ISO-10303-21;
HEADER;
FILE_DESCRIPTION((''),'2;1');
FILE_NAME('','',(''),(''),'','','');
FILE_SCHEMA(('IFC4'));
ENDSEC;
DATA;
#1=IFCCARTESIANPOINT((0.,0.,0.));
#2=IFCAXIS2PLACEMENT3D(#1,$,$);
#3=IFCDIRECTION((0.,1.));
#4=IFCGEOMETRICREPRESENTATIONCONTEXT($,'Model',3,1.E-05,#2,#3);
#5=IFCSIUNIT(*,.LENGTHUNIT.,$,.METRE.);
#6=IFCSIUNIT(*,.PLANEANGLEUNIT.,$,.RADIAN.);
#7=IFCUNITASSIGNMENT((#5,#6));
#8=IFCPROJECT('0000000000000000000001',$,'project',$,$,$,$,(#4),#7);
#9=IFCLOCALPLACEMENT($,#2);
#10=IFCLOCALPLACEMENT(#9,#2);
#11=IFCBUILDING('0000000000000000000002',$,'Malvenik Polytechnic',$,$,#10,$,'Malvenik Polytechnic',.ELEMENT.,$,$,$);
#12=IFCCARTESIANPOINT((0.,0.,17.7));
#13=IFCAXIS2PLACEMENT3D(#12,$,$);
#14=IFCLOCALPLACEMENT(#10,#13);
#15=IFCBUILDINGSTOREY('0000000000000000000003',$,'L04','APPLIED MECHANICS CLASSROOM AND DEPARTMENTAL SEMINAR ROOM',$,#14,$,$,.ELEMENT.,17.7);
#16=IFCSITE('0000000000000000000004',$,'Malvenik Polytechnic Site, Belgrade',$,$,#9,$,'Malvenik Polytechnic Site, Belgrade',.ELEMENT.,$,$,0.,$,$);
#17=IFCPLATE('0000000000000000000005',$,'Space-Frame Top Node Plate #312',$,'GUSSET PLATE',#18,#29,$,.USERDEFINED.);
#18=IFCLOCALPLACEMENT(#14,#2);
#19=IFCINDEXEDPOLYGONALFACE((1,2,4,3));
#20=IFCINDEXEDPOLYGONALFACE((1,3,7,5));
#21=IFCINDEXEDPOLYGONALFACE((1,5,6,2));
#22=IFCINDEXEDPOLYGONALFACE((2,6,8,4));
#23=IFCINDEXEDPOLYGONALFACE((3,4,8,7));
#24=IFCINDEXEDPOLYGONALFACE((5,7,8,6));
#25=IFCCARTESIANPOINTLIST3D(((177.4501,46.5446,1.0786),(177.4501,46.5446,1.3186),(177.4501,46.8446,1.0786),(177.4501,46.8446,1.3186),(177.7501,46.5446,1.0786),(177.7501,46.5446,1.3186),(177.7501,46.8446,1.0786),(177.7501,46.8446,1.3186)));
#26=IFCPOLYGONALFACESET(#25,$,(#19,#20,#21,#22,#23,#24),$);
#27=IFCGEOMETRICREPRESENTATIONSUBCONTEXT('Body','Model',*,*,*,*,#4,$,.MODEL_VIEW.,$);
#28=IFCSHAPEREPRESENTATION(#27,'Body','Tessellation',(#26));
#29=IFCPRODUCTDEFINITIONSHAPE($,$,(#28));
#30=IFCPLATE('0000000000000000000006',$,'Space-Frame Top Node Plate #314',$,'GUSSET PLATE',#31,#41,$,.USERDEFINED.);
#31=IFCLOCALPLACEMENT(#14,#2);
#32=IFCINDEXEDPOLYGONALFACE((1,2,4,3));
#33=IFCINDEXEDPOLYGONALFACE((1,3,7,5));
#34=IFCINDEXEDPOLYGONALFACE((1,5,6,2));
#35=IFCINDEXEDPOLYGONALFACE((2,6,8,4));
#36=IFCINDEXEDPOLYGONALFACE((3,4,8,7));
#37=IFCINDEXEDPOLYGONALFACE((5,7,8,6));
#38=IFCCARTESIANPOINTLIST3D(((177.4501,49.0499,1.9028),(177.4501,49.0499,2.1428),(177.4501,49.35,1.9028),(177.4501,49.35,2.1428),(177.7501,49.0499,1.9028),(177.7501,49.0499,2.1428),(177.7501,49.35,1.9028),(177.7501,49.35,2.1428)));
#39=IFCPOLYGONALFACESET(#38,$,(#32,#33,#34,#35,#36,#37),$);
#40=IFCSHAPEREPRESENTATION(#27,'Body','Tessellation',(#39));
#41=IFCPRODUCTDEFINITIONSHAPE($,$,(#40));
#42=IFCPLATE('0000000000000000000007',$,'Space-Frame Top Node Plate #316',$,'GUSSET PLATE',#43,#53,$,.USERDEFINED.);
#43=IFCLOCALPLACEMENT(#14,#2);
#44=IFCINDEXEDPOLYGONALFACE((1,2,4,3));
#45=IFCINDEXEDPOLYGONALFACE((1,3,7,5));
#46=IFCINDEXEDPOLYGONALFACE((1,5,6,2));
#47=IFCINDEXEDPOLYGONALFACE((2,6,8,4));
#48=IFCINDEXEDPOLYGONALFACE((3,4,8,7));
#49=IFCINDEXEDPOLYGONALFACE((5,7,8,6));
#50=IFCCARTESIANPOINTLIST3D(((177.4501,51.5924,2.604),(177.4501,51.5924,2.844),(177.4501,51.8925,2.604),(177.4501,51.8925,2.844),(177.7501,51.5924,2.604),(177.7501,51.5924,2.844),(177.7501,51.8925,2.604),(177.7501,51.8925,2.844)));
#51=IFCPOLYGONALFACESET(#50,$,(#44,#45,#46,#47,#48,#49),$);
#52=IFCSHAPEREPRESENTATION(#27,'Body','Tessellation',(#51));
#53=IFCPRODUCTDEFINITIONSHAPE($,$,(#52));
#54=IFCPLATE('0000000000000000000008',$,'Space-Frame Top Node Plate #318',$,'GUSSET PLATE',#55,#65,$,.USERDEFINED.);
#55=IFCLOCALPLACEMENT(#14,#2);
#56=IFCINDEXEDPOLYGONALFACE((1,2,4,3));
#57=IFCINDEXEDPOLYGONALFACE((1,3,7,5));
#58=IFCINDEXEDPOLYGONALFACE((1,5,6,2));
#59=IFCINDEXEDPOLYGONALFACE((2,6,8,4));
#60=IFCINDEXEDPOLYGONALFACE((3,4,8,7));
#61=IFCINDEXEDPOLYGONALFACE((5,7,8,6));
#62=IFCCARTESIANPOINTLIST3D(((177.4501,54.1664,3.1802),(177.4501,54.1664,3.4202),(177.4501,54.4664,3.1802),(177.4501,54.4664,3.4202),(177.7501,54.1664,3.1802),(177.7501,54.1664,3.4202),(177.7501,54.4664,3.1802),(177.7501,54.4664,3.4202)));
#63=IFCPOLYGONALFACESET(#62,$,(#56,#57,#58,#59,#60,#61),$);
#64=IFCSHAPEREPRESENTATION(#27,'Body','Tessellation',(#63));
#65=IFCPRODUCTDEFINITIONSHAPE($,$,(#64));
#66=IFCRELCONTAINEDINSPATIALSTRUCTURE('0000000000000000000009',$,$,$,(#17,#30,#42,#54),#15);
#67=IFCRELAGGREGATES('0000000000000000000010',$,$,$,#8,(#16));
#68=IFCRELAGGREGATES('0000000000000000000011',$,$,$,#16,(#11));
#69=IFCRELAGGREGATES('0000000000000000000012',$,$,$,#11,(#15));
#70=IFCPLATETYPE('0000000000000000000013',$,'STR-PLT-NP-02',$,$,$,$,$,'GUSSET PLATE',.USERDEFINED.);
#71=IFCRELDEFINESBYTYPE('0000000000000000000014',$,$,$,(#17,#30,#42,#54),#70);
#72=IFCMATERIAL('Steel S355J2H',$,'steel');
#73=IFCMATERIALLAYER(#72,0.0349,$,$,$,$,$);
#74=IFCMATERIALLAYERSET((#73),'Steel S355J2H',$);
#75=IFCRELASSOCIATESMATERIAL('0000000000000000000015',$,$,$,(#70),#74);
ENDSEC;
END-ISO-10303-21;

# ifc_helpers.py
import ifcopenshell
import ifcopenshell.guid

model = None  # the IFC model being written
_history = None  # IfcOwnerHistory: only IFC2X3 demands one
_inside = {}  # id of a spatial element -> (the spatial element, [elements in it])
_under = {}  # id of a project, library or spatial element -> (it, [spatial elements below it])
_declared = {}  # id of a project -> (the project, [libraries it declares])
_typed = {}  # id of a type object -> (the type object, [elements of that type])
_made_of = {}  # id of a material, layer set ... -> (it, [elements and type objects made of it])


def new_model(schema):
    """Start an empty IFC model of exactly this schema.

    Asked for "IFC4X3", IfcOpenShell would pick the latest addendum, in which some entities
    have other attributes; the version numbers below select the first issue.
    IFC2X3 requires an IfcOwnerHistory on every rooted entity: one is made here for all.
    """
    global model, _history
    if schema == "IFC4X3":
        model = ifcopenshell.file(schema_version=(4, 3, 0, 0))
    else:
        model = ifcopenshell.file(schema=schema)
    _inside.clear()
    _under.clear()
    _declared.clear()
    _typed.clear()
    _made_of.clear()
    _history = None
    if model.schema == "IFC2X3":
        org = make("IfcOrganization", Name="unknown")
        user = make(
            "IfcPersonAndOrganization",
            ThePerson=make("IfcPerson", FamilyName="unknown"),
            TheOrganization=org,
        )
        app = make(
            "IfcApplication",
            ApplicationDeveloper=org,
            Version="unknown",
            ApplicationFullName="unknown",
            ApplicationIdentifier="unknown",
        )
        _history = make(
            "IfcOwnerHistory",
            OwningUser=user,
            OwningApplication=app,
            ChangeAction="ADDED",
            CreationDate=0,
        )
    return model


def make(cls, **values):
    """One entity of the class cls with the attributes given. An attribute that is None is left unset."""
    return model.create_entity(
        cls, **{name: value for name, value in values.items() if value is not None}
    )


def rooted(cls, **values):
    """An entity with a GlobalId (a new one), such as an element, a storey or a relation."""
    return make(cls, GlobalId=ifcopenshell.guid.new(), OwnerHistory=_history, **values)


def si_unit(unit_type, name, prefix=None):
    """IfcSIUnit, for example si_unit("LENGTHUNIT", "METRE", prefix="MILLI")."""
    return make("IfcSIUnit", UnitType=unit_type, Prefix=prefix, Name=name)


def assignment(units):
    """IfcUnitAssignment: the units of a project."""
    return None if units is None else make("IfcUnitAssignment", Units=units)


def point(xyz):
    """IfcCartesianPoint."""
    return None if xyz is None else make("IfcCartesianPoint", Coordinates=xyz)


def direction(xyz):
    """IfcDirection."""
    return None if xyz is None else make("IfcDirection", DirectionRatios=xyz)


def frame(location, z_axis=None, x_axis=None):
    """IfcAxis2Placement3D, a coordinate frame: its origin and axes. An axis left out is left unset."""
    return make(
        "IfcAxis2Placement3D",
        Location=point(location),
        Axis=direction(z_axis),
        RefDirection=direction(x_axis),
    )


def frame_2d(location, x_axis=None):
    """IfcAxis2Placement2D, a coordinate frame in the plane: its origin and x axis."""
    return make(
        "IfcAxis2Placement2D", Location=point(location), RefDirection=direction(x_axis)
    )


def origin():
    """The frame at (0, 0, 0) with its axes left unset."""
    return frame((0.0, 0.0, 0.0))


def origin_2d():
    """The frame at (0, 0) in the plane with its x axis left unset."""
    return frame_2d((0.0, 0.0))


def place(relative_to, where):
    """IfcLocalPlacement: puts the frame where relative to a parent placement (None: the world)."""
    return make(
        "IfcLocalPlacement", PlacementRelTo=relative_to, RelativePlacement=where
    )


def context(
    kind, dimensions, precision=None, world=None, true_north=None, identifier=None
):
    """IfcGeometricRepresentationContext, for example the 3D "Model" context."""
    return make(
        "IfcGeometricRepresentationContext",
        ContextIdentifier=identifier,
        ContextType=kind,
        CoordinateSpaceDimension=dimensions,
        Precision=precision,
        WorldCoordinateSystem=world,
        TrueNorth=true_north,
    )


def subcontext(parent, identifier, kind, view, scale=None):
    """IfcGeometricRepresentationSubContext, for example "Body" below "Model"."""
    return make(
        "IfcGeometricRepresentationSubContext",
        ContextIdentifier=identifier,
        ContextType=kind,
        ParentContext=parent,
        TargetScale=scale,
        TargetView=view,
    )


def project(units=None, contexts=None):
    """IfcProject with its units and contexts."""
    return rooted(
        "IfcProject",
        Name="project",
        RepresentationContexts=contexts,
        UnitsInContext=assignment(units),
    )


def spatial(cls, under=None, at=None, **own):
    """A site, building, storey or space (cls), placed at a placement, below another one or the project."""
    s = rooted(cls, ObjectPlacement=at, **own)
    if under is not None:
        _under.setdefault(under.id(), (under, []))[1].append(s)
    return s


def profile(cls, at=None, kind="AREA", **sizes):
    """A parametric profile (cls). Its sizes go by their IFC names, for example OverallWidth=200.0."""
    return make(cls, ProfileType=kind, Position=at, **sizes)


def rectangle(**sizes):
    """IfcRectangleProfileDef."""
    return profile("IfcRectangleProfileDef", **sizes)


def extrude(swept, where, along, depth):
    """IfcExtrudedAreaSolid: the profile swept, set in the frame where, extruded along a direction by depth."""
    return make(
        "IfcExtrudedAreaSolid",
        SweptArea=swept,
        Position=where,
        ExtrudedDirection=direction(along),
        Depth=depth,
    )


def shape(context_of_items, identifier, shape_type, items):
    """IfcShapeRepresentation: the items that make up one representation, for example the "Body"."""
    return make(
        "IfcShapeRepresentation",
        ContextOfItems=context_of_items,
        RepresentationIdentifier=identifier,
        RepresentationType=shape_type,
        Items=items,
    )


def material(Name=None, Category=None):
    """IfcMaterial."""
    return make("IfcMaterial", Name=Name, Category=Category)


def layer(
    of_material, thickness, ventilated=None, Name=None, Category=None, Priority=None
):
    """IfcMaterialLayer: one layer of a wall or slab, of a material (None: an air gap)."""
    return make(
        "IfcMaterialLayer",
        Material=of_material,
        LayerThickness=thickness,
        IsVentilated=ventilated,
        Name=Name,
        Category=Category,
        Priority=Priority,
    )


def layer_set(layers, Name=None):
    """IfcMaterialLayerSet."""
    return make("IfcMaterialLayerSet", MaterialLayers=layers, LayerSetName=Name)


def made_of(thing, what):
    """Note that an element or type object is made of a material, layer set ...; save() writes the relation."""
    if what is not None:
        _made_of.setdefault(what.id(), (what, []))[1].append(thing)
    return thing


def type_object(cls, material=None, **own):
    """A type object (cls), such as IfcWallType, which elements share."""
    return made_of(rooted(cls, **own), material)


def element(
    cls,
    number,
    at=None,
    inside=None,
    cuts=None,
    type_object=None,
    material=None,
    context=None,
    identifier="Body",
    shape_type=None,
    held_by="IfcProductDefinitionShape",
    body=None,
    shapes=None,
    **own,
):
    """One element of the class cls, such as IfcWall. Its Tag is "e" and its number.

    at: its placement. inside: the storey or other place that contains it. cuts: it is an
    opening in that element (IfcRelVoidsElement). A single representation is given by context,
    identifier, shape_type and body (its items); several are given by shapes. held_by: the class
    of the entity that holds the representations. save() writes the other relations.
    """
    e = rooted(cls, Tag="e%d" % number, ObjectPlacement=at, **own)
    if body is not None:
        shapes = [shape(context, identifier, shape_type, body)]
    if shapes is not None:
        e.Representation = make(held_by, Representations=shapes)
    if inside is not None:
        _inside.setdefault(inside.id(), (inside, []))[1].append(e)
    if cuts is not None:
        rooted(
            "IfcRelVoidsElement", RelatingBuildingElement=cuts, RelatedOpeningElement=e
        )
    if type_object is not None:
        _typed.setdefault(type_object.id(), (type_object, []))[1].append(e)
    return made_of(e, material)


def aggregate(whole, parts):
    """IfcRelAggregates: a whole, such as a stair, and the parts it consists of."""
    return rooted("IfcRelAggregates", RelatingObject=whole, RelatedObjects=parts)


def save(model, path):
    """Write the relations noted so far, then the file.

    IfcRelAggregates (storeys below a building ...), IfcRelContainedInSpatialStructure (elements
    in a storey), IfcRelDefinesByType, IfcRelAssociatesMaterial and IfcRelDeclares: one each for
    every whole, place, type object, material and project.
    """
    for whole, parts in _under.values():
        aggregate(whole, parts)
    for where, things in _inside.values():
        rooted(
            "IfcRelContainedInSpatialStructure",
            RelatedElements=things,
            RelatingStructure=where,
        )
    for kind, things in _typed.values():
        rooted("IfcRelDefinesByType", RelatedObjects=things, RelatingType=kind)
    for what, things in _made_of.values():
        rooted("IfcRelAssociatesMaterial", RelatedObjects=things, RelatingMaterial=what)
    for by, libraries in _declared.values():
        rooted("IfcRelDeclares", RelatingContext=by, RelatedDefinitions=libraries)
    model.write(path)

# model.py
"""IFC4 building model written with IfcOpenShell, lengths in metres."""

from ifc_helpers import new_model, si_unit, direction, frame, origin, origin_2d, place, context, subcontext, project, spatial, rectangle, extrude, material, layer, layer_set, type_object, element, save


model = new_model("IFC4")

# Units and contexts
model_context = context("Model", 3, precision=1e-05, world=origin(), true_north=direction((0.0, 1.0)))
body_context = subcontext(model_context, "Body", "Model", "MODEL_VIEW")
ifc_project = project(units=[si_unit("LENGTHUNIT", "METRE"), si_unit("PLANEANGLEUNIT", "RADIAN")], contexts=[model_context])

# Site, building, storey
site_placement = place(None, origin())
site = spatial("IfcSite", under=ifc_project, at=site_placement, Name="Malvenik Polytechnic Site, Belgrade", LongName="Malvenik Polytechnic Site, Belgrade", CompositionType="ELEMENT", RefElevation=0.0)
building_placement = place(site_placement, origin())
building = spatial("IfcBuilding", under=site, at=building_placement, Name="Malvenik Polytechnic", LongName="Malvenik Polytechnic", CompositionType="ELEMENT")
storey_placement = place(building_placement, frame((0.0, 0.0, 17.7)))
storey = spatial("IfcBuildingStorey", under=building, at=storey_placement, Name="L04", Description="APPLIED MECHANICS CLASSROOM AND DEPARTMENTAL SEMINAR ROOM", CompositionType="ELEMENT", Elevation=17.7)

# Shared definitions
ifc_material = material(Name="Steel S355J2H", Category="steel")

# Plates
ifc_layer_1 = layer(ifc_material, 0.0349)
ifc_layer_set_1 = layer_set([ifc_layer_1], Name="Steel S355J2H")
plate_type_1 = type_object("IfcPlateType", Name="STR-PLT-NP-02", ElementType="GUSSET PLATE", PredefinedType="USERDEFINED", material=ifc_layer_set_1)
for number, where, z_axis, x_axis, name in (
    (1, (177.6001, 46.6946, 1.0786), (0.0, 0.0, 1.0), (1.0, 0.0, 0.0), "Space-Frame Top Node Plate #312"),
    (2, (177.6001, 49.2, 1.9028), (0.0, 0.0, 1.0), (1.0, 0.0, 0.0), "Space-Frame Top Node Plate #314"),
    (3, (177.6001, 51.7424, 2.604), (0.0, 0.0, 1.0), (1.0, 0.0, 0.0), "Space-Frame Top Node Plate #316"),
    (4, (177.6001, 54.3164, 3.1802), (0.0, 0.0, 1.0), (1.0, 0.0, 0.0), "Space-Frame Top Node Plate #318"),
):
    element("IfcPlate", number, at=place(storey_placement, frame(where, z_axis=z_axis, x_axis=x_axis)), inside=storey, type_object=plate_type_1, Name=name, ObjectType="GUSSET PLATE", PredefinedType="USERDEFINED", context=body_context, shape_type="SweptSolid", body=[
        extrude(rectangle(XDim=0.3, YDim=0.3, at=origin_2d()), origin(), (0.0, 0.0, 1.0), 0.24),
    ])

save(model, "model.ifc")
